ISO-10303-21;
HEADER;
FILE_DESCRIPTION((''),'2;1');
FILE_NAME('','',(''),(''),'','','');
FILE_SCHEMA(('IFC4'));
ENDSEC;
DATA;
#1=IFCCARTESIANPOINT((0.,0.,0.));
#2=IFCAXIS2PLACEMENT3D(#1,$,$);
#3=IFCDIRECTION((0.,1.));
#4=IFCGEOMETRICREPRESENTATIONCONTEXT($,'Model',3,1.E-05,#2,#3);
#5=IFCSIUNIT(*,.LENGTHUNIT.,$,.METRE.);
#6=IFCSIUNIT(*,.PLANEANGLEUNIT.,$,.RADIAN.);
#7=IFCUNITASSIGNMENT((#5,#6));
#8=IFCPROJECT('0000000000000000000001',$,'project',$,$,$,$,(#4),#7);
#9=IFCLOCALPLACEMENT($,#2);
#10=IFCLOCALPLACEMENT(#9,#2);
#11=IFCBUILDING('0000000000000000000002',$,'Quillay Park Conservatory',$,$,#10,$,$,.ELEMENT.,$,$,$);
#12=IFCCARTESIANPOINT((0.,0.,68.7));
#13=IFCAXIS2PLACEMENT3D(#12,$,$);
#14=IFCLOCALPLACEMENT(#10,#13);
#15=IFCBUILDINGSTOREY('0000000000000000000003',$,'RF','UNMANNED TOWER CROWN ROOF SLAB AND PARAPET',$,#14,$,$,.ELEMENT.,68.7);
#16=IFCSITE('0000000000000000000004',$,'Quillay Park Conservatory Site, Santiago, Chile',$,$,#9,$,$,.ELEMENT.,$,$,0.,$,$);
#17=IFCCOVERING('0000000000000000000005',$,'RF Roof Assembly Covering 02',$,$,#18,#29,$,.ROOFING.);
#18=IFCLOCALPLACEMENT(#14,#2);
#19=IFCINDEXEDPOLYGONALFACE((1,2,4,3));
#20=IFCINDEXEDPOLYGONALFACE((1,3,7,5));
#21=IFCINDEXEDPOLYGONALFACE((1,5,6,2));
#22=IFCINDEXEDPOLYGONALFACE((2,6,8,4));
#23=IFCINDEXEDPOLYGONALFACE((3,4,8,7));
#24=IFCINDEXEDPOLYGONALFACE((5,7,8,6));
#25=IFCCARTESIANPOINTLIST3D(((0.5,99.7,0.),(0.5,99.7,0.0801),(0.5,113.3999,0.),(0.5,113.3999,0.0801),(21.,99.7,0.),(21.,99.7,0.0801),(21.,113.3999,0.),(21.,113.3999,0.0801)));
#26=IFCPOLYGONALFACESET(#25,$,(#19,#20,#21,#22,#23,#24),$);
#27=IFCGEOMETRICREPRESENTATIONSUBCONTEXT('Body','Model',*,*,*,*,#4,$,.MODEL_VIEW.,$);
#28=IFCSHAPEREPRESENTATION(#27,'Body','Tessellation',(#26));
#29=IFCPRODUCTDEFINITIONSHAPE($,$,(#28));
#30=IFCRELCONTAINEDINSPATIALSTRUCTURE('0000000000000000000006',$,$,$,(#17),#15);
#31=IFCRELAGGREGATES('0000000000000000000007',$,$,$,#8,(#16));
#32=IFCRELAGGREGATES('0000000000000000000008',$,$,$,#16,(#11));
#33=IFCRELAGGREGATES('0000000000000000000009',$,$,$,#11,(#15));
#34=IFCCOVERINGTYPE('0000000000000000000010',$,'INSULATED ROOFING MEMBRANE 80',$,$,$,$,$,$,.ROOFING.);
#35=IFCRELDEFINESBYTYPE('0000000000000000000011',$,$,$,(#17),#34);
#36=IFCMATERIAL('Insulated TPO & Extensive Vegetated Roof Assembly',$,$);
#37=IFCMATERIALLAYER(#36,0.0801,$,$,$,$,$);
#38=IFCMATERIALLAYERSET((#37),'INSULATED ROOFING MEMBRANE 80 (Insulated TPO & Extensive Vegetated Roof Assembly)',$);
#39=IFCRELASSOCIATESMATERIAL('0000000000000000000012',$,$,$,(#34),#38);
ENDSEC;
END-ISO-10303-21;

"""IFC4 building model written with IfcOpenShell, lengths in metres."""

from ifc_helpers import new_model, si_unit, direction, frame, origin, place, context, subcontext, project, spatial, polyline, outline, extrude, material, layer, layer_set, type_object, element, save


model = new_model("IFC4")

# Units and contexts
model_context = context("Model", 3, precision=1e-05, world=origin(), true_north=direction((0.0, 1.0)))
body_context = subcontext(model_context, "Body", "Model", "MODEL_VIEW")
ifc_project = project(units=[si_unit("LENGTHUNIT", "METRE"), si_unit("PLANEANGLEUNIT", "RADIAN")], contexts=[model_context])

# Site, building, storey
site_placement = place(None, origin())
site = spatial("IfcSite", under=ifc_project, at=site_placement, Name="Quillay Park Conservatory Site, Santiago, Chile", CompositionType="ELEMENT", RefElevation=0.0)
building_placement = place(site_placement, origin())
building = spatial("IfcBuilding", under=site, at=building_placement, Name="Quillay Park Conservatory", CompositionType="ELEMENT")
storey_placement = place(building_placement, frame((0.0, 0.0, 68.7)))
storey = spatial("IfcBuildingStorey", under=building, at=storey_placement, Name="RF", Description="UNMANNED TOWER CROWN ROOF SLAB AND PARAPET", CompositionType="ELEMENT", Elevation=68.7)

# Covering
ifc_material_1 = material(Name="Insulated TPO & Extensive Vegetated Roof Assembly")
ifc_layer_1 = layer(ifc_material_1, 0.0801)
ifc_layer_set_1 = layer_set([ifc_layer_1], Name="INSULATED ROOFING MEMBRANE 80 (Insulated TPO & Extensive Vegetated Roof Assembly)")
covering_type = type_object("IfcCoveringType", Name="INSULATED ROOFING MEMBRANE 80", PredefinedType="ROOFING", material=ifc_layer_set_1)
covering_1_placement = place(storey_placement, origin())
element("IfcCovering", 1, at=covering_1_placement, inside=storey, type_object=covering_type, Name="RF Roof Assembly Covering 02", PredefinedType="ROOFING", context=body_context, shape_type="SweptSolid", body=[
    extrude(outline(polyline([(0.5, 99.7), (21.0, 99.7), (21.0, 113.3999), (0.5, 113.3999), (0.5, 99.7)])), origin(), (0.0, 0.0, 1.0), 0.0801),
])

save(model, "model.ifc")
